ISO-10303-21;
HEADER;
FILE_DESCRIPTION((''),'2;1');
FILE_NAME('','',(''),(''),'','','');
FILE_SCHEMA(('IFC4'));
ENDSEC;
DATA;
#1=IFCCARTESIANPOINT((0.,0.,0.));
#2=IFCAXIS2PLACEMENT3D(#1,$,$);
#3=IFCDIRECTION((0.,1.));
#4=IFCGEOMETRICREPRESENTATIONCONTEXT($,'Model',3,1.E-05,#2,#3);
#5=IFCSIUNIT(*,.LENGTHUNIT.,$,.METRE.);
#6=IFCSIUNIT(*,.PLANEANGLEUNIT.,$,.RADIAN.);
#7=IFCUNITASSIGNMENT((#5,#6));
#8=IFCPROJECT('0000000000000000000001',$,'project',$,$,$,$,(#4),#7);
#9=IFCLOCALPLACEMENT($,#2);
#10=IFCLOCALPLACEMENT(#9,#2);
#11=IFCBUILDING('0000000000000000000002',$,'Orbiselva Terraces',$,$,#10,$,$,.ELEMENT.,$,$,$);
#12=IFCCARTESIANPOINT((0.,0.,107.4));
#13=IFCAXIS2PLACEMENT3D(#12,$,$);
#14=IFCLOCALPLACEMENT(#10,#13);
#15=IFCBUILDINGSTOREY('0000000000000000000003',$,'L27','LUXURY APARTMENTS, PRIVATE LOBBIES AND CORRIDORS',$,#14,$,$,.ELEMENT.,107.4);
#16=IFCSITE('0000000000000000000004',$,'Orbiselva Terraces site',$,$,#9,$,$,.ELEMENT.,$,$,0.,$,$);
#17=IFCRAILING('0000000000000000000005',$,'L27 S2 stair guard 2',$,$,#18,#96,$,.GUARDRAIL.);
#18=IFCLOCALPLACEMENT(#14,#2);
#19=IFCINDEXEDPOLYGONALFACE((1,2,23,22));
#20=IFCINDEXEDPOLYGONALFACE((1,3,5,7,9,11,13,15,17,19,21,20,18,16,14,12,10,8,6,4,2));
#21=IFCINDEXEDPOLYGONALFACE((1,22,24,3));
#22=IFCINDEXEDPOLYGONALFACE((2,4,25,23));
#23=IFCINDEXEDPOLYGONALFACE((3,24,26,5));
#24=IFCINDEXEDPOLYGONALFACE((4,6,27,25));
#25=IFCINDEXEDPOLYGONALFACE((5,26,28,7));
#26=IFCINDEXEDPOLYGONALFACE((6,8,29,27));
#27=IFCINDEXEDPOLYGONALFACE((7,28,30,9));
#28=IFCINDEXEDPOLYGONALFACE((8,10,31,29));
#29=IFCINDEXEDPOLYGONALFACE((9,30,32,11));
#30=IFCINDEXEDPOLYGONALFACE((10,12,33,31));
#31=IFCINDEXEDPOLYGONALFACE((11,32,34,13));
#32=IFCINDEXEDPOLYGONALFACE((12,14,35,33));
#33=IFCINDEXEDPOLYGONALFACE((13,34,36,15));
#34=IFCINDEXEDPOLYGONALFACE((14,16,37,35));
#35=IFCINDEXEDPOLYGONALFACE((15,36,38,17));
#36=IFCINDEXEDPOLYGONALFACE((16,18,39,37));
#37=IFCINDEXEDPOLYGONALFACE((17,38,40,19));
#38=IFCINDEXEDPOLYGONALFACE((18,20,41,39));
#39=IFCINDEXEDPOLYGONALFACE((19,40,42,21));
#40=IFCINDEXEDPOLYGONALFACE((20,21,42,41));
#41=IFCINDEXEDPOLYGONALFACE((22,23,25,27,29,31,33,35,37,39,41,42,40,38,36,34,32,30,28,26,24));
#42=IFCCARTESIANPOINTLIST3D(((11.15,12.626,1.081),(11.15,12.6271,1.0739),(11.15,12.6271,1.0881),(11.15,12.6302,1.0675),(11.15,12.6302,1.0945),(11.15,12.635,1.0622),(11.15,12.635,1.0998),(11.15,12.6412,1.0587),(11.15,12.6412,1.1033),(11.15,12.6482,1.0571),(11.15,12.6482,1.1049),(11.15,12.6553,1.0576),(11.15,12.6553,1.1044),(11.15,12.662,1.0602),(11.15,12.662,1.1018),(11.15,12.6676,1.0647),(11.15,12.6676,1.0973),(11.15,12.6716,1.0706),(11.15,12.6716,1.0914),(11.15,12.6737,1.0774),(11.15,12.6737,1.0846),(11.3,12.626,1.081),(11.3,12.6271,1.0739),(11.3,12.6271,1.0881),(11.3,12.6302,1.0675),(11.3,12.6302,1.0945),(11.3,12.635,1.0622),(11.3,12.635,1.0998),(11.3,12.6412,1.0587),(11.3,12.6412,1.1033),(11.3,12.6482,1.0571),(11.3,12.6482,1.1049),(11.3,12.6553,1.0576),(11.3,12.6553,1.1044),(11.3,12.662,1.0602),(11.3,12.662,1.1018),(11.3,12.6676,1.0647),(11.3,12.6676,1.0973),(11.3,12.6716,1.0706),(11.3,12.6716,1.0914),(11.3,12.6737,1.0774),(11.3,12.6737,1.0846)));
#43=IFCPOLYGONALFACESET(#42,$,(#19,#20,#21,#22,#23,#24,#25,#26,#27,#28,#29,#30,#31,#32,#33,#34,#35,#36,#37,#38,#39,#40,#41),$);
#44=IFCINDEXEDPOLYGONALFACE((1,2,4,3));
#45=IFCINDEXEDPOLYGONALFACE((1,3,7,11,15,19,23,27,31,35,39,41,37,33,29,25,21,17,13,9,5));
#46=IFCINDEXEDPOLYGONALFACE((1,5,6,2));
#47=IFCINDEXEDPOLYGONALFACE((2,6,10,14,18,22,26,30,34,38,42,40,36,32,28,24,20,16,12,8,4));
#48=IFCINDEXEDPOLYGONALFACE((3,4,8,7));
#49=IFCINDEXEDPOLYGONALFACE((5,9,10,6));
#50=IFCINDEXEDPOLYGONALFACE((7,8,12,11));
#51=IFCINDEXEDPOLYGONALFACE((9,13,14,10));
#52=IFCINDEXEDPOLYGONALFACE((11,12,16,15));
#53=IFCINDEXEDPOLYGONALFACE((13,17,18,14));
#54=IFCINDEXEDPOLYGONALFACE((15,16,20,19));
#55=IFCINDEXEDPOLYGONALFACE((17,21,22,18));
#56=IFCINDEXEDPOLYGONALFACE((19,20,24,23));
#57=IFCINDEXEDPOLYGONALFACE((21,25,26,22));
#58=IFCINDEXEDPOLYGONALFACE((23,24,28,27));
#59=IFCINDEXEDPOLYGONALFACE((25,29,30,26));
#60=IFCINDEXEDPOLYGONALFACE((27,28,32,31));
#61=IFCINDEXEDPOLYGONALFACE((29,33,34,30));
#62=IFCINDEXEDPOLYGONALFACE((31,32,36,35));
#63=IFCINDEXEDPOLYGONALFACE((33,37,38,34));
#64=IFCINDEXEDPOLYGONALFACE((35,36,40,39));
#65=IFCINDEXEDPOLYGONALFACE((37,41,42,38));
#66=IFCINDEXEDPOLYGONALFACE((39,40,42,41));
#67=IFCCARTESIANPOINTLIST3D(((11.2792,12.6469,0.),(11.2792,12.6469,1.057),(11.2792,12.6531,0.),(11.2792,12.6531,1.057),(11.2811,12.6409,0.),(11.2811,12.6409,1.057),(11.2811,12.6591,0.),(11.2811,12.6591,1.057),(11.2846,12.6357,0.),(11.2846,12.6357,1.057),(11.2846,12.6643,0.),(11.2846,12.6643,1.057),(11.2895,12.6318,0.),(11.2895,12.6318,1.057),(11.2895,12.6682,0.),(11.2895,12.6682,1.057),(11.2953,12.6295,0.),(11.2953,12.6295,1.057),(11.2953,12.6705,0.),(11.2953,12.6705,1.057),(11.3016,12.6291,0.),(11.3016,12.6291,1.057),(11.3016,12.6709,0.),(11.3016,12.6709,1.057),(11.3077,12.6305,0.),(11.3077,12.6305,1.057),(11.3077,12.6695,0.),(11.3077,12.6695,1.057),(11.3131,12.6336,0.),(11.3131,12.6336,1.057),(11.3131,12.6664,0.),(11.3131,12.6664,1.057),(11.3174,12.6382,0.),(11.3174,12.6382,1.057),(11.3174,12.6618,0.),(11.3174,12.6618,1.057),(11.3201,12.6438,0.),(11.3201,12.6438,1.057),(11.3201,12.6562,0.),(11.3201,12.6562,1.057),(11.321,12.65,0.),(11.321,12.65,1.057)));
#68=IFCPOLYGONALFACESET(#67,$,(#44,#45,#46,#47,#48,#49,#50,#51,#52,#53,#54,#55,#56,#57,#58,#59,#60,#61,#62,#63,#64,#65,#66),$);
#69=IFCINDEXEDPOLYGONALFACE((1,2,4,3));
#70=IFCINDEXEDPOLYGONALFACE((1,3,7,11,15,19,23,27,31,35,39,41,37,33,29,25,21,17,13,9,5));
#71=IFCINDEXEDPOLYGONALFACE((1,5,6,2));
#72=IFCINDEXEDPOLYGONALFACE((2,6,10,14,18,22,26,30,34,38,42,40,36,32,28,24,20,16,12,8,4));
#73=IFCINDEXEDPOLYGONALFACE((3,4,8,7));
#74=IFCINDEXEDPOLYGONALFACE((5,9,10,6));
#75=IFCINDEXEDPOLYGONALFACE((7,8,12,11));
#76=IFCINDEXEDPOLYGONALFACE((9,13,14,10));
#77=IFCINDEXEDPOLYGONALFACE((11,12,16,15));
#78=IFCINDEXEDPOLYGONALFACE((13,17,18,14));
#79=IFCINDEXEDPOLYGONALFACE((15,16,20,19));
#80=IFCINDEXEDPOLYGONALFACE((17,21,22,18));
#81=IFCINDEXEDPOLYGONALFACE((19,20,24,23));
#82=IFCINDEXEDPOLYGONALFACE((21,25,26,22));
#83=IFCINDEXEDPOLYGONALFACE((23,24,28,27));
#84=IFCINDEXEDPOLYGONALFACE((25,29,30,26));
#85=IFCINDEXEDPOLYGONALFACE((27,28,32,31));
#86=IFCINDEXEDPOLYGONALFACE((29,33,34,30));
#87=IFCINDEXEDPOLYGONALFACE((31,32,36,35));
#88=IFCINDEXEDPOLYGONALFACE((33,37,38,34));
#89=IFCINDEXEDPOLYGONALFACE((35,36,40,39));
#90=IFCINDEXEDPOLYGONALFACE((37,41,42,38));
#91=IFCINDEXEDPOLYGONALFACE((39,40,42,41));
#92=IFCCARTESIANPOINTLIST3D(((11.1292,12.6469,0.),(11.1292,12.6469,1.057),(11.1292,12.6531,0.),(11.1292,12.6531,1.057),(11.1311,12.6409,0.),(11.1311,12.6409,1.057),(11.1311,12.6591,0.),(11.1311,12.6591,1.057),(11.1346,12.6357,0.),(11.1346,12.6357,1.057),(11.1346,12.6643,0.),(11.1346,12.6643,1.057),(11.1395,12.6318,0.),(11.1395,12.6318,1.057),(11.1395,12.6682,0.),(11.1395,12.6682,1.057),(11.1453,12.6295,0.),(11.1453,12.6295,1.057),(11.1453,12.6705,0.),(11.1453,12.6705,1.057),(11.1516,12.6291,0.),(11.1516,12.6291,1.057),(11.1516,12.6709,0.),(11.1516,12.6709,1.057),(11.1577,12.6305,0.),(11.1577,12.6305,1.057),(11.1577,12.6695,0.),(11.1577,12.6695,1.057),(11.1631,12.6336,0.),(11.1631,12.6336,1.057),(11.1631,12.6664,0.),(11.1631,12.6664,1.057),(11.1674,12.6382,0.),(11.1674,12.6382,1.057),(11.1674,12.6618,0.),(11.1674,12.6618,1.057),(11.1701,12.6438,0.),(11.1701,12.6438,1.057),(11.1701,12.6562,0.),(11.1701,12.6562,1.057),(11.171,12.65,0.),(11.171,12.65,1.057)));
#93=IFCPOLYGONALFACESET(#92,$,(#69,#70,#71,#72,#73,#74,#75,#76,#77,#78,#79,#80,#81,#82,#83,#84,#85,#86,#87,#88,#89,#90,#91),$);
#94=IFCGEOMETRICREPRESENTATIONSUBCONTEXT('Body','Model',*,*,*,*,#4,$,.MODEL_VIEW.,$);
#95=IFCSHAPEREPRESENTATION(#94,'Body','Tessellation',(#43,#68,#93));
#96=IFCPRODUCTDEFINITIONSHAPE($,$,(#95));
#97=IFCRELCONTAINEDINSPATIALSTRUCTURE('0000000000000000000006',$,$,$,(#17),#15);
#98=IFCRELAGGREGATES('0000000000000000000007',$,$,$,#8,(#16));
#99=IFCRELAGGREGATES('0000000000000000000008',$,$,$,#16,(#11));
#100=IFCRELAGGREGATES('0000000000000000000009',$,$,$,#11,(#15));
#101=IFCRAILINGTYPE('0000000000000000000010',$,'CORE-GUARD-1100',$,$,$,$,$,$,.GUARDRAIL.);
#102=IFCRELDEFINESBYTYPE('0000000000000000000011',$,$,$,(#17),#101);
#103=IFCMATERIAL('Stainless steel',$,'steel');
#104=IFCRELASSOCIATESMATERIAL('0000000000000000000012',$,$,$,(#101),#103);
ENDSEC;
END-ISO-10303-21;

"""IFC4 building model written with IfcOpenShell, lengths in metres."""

from ifc_helpers import new_model, si_unit, direction, frame, origin, origin_2d, place, context, subcontext, project, spatial, circle, extrude, material, type_object, element, save


model = new_model("IFC4")

# Units and contexts
model_context = context("Model", 3, precision=1e-05, world=origin(), true_north=direction((0.0, 1.0)))
body_context = subcontext(model_context, "Body", "Model", "MODEL_VIEW")
ifc_project = project(units=[si_unit("LENGTHUNIT", "METRE"), si_unit("PLANEANGLEUNIT", "RADIAN")], contexts=[model_context])

# Site, building, storey
site_placement = place(None, origin())
site = spatial("IfcSite", under=ifc_project, at=site_placement, Name="Orbiselva Terraces site", CompositionType="ELEMENT", RefElevation=0.0)
building_placement = place(site_placement, origin())
building = spatial("IfcBuilding", under=site, at=building_placement, Name="Orbiselva Terraces", CompositionType="ELEMENT")
storey_placement = place(building_placement, frame((0.0, 0.0, 107.4)))
storey = spatial("IfcBuildingStorey", under=building, at=storey_placement, Name="L27", Description="LUXURY APARTMENTS, PRIVATE LOBBIES AND CORRIDORS", CompositionType="ELEMENT", Elevation=107.4)

# Railing
ifc_material_1 = material(Name="Stainless steel", Category="steel")
railing_type_1 = type_object("IfcRailingType", Name="CORE-GUARD-1100", PredefinedType="GUARDRAIL", material=ifc_material_1)
railing_1_placement = place(storey_placement, frame((11.3, 12.65, 0.0)))
element("IfcRailing", 1, at=railing_1_placement, inside=storey, type_object=railing_type_1, Name="L27 S2 stair guard 2", PredefinedType="GUARDRAIL", context=body_context, shape_type="SweptSolid", body=[
    extrude(circle(Radius=0.024, at=origin_2d()), frame((0.0, 0.0, 1.081), z_axis=(-1.0, 0.0, 0.0), x_axis=(0.0, -1.0, 0.0)), (0.0, 0.0, 1.0), 0.15),
    extrude(circle(Radius=0.021, at=origin_2d()), origin(), (0.0, 0.0, 1.0), 1.057),
    extrude(circle(Radius=0.021, at=origin_2d()), frame((-0.15, 0.0, 0.0)), (0.0, 0.0, 1.0), 1.057),
])

save(model, "model.ifc")
